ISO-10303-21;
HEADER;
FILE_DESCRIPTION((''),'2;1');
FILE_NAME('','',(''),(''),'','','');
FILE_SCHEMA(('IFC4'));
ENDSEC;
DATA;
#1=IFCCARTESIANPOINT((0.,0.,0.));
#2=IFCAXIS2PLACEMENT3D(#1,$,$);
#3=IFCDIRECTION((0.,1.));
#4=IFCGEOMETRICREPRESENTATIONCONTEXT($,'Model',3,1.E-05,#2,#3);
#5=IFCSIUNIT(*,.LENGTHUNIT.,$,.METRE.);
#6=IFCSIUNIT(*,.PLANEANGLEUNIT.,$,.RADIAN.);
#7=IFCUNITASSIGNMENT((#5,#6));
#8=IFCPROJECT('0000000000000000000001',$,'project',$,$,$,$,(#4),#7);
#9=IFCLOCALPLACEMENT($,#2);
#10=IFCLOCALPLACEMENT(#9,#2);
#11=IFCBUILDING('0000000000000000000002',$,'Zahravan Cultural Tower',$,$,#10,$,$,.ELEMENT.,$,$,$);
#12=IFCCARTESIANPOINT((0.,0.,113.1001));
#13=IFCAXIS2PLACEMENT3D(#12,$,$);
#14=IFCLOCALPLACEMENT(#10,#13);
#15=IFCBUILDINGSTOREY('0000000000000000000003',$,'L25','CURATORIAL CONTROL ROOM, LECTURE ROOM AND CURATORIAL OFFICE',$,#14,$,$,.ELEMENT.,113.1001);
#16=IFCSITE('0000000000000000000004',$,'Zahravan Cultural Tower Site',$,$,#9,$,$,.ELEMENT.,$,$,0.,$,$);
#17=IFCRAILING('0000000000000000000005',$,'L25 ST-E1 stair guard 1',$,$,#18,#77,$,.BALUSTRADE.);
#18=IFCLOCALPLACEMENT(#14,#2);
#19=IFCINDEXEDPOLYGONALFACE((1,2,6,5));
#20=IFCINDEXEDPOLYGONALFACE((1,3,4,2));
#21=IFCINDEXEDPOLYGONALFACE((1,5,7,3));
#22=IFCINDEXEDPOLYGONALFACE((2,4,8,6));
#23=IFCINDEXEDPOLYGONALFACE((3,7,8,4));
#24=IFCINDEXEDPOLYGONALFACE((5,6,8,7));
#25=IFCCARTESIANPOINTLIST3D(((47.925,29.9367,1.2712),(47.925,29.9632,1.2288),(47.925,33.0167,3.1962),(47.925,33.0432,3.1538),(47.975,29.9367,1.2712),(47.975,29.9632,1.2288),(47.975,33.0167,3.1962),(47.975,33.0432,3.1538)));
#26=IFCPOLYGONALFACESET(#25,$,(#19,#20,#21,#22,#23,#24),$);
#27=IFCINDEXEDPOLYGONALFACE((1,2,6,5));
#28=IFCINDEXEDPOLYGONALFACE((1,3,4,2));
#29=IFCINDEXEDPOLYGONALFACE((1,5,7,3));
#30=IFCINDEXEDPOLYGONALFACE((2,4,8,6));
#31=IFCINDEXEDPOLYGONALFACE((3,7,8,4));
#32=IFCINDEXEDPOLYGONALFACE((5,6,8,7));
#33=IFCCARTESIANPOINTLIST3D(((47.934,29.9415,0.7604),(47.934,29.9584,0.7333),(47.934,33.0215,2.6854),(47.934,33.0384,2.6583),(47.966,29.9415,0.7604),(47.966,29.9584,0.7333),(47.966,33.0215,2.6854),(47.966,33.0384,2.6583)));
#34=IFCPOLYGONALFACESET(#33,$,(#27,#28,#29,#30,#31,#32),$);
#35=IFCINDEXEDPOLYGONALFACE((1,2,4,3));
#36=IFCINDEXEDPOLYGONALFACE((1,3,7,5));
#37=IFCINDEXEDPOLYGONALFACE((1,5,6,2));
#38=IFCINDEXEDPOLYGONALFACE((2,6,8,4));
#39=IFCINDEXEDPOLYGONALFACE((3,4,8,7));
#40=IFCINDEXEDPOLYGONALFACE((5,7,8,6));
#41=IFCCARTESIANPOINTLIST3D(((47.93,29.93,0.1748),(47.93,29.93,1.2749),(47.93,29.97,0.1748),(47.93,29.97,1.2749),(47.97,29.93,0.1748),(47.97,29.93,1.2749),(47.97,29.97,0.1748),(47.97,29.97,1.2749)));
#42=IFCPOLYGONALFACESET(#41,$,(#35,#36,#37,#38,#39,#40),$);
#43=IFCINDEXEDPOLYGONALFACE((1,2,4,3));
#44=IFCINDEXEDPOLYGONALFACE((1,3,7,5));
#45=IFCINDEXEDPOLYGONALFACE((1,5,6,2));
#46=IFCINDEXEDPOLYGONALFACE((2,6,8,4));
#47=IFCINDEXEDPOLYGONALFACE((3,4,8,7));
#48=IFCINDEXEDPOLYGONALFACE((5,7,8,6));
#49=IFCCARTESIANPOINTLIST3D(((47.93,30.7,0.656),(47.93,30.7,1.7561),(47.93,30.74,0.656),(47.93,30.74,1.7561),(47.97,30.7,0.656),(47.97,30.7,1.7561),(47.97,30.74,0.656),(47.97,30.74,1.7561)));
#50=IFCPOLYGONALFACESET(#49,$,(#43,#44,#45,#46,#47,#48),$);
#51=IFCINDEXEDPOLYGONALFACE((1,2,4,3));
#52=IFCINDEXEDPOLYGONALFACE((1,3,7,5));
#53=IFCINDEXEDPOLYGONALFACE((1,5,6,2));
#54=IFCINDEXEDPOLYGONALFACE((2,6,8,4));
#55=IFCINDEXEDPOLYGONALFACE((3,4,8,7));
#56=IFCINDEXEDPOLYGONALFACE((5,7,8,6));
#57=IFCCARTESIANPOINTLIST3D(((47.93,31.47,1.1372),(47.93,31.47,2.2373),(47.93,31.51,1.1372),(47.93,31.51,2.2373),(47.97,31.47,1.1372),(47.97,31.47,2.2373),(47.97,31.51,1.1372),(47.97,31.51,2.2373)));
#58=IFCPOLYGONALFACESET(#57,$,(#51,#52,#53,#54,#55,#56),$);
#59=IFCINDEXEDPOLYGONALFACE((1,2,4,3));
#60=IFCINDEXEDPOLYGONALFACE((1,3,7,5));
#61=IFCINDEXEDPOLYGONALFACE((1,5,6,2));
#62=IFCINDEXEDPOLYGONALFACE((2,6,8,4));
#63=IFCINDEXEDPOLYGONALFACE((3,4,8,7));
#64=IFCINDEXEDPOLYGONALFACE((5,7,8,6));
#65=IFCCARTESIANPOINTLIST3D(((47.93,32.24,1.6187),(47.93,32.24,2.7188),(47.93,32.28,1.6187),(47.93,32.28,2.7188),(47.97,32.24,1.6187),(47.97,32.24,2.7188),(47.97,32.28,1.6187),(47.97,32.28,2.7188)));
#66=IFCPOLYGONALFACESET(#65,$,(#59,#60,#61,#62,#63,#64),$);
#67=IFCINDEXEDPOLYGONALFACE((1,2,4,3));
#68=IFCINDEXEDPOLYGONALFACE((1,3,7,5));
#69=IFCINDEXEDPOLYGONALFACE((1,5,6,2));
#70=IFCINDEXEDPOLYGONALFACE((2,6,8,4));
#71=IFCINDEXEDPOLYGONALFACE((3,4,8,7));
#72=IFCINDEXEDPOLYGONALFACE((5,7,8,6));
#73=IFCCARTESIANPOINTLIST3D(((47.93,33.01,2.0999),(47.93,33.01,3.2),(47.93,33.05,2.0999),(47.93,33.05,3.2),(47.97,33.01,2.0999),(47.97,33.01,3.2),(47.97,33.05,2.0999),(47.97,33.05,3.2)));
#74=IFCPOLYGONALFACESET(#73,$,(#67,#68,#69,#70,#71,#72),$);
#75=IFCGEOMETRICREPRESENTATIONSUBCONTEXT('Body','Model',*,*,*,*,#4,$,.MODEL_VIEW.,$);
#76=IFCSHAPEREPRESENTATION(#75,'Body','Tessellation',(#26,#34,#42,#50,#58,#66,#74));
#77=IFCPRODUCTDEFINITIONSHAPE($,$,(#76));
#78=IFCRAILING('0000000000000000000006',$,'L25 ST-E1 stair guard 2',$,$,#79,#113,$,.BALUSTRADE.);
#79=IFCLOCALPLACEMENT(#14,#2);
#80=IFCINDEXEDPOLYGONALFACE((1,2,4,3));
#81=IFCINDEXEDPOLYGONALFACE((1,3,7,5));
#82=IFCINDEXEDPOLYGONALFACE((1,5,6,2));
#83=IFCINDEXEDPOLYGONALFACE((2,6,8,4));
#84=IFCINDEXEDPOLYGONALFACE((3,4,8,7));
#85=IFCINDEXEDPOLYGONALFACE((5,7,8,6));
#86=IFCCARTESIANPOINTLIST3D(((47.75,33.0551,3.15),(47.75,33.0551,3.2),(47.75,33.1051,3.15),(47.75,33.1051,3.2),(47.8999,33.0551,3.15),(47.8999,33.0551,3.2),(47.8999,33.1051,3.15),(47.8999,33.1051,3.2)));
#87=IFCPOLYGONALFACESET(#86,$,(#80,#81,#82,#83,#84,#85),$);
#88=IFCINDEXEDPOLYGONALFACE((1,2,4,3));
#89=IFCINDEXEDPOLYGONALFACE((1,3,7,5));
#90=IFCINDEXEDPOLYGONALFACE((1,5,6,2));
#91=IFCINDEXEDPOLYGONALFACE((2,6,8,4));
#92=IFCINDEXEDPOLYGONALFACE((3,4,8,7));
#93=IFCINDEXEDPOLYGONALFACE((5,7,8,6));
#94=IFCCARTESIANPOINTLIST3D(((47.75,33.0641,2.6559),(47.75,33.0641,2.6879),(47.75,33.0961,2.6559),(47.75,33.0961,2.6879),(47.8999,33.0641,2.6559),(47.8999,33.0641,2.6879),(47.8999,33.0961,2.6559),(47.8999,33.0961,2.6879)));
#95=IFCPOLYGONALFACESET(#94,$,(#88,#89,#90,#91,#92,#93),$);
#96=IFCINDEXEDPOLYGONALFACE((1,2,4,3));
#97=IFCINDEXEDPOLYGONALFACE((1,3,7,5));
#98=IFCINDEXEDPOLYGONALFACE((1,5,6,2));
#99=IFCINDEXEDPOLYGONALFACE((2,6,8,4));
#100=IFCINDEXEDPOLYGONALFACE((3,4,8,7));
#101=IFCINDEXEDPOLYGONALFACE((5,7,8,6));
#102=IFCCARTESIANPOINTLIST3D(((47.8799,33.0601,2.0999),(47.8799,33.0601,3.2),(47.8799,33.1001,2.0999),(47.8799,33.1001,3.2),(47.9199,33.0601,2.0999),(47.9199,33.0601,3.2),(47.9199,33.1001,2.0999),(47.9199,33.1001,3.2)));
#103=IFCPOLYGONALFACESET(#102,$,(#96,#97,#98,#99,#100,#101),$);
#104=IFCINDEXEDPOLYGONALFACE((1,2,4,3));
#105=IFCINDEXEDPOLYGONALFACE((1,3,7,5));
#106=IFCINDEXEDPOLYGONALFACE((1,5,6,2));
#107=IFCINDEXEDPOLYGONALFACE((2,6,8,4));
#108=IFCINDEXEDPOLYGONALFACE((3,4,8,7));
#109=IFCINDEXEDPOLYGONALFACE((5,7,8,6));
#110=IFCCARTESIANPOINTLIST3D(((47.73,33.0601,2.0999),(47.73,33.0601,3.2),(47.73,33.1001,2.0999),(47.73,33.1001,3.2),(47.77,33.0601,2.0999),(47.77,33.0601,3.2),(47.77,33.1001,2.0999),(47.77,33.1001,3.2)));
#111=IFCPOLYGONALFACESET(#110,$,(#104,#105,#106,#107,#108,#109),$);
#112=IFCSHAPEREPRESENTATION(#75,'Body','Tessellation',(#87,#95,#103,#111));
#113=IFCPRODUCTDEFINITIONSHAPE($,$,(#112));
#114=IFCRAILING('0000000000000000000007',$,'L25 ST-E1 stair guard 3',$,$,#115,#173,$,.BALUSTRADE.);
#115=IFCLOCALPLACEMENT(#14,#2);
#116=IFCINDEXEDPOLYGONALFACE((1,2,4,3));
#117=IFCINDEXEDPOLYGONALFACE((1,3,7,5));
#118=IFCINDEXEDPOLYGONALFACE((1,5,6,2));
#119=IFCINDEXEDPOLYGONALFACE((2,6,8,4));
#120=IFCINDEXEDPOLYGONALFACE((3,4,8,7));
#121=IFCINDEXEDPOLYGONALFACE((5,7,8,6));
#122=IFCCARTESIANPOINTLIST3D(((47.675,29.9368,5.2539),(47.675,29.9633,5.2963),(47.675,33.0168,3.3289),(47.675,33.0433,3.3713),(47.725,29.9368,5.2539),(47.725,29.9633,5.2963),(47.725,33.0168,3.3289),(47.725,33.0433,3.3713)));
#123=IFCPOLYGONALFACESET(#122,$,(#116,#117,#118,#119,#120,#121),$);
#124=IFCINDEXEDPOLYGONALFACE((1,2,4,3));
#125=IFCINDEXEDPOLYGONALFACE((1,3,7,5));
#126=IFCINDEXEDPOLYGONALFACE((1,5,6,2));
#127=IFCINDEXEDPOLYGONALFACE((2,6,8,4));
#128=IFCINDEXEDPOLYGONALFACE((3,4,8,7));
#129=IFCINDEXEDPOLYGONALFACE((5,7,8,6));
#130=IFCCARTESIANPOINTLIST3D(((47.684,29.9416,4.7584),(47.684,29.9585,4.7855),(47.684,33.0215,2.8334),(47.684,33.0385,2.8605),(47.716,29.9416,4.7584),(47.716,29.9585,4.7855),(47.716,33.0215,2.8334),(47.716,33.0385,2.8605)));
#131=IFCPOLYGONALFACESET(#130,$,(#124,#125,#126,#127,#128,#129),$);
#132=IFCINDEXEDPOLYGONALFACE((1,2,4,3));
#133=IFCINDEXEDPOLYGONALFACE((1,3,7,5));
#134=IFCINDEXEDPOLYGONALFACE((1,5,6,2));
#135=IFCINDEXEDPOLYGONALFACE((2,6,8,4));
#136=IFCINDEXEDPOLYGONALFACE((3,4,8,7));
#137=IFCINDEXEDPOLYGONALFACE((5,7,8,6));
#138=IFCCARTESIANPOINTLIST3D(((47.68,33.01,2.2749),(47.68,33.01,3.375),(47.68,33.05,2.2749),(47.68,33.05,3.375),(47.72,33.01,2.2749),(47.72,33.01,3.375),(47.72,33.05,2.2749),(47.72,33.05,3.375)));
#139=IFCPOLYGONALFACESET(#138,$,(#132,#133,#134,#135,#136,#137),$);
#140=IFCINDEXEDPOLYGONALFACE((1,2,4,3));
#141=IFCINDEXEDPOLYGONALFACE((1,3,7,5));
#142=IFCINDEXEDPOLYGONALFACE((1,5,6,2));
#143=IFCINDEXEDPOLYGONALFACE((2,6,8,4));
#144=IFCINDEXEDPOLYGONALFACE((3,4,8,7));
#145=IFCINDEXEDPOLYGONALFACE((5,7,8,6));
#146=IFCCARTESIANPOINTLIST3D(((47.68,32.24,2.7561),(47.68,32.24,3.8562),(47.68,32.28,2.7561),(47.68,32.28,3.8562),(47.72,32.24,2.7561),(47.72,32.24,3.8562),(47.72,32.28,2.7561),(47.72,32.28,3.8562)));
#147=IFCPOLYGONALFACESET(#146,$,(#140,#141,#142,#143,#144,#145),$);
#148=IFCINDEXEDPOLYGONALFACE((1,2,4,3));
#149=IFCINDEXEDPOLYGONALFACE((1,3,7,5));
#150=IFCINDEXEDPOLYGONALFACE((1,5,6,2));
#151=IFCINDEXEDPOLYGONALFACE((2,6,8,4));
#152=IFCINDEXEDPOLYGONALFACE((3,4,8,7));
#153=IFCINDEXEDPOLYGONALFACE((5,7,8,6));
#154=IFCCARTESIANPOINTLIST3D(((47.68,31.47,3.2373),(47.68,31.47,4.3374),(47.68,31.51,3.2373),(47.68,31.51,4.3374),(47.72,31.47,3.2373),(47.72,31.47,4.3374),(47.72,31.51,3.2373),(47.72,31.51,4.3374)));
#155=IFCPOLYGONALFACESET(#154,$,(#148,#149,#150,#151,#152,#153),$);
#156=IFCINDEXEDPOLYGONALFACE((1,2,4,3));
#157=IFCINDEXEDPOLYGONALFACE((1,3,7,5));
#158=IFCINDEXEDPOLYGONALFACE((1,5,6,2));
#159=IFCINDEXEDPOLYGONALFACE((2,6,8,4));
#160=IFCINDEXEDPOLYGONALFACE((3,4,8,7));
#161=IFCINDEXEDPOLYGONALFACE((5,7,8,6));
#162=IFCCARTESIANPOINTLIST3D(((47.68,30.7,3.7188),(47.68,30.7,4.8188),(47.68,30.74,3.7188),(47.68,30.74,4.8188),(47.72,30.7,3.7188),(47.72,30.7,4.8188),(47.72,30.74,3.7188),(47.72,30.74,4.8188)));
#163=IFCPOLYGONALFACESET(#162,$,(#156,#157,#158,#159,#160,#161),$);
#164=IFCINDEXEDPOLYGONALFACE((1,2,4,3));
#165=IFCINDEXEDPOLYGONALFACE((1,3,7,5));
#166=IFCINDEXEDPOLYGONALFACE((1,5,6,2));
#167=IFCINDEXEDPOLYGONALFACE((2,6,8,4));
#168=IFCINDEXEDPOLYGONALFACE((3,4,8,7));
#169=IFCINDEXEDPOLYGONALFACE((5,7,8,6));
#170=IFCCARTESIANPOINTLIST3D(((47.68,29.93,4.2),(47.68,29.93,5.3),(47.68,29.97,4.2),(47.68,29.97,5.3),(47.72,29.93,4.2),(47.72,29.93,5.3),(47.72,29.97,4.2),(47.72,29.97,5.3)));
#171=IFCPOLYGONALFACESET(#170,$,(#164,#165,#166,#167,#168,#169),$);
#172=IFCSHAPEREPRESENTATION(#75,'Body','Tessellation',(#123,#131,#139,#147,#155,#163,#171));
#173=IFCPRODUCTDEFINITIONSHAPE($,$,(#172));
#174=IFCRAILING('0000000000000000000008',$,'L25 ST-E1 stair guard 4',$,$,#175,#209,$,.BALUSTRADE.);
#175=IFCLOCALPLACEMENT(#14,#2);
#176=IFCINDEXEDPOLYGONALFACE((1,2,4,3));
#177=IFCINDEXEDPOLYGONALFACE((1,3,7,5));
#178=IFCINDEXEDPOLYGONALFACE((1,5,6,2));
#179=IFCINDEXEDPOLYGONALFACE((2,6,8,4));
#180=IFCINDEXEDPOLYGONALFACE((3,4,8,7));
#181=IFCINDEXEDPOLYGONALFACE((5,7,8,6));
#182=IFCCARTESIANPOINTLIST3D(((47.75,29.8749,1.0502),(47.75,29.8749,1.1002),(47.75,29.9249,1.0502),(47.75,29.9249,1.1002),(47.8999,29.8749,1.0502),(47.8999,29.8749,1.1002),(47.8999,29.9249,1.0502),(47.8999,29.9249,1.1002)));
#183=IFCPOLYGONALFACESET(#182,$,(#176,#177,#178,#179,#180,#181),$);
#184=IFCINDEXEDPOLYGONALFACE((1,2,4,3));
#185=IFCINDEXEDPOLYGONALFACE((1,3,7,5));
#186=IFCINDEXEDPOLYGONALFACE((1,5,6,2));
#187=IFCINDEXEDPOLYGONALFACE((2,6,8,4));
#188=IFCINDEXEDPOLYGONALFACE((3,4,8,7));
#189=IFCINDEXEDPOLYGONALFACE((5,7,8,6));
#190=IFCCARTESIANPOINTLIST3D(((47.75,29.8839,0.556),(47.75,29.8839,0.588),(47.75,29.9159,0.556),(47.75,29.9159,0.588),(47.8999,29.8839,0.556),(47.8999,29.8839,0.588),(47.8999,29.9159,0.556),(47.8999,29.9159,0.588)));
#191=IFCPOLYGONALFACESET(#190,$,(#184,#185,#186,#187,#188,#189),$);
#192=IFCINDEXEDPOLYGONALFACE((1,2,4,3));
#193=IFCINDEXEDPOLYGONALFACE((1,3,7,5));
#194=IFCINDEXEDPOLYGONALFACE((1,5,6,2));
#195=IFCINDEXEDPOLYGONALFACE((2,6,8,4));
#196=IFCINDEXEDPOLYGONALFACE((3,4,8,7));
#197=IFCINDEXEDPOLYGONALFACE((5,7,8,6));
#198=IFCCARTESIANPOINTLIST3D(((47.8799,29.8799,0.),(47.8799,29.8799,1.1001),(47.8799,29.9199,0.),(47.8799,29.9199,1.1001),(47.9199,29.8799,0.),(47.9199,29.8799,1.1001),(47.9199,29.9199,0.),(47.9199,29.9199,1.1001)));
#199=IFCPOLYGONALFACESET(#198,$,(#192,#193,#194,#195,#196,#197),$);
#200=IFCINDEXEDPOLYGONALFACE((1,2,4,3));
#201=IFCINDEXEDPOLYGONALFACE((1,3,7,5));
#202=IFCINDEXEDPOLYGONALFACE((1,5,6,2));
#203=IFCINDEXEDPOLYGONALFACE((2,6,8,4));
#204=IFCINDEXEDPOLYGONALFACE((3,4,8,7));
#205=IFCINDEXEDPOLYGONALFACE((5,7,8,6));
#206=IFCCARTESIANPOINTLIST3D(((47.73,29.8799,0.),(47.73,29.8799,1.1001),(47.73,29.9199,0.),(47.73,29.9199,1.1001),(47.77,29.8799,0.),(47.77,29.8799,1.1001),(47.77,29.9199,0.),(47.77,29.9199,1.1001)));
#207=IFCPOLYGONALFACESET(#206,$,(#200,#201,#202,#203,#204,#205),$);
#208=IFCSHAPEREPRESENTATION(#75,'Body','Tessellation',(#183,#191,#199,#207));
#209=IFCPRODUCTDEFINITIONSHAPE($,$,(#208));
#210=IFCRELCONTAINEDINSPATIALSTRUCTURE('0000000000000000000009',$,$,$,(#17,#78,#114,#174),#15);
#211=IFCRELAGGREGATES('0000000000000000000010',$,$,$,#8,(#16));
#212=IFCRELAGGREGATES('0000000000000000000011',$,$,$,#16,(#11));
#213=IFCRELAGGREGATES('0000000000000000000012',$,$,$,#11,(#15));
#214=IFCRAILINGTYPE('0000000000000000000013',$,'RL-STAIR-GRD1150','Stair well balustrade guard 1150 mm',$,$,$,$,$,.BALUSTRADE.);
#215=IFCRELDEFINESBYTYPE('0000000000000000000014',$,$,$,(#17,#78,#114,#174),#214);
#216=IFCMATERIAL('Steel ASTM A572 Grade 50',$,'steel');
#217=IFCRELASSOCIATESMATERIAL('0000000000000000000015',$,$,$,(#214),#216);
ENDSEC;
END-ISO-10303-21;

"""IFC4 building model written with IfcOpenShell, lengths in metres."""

from ifc_helpers import new_model, si_unit, direction, frame, origin, origin_2d, place, context, subcontext, project, spatial, rectangle, extrude, material, type_object, element, save


model = new_model("IFC4")

# Units and contexts
model_context = context("Model", 3, precision=1e-05, world=origin(), true_north=direction((0.0, 1.0)))
body_context = subcontext(model_context, "Body", "Model", "MODEL_VIEW")
ifc_project = project(units=[si_unit("LENGTHUNIT", "METRE"), si_unit("PLANEANGLEUNIT", "RADIAN")], contexts=[model_context])

# Site, building, storey
site_placement = place(None, origin())
site = spatial("IfcSite", under=ifc_project, at=site_placement, Name="Zahravan Cultural Tower Site", CompositionType="ELEMENT", RefElevation=0.0)
building_placement = place(site_placement, origin())
building = spatial("IfcBuilding", under=site, at=building_placement, Name="Zahravan Cultural Tower", CompositionType="ELEMENT")
storey_placement = place(building_placement, frame((0.0, 0.0, 113.1001)))
storey = spatial("IfcBuildingStorey", under=building, at=storey_placement, Name="L25", Description="CURATORIAL CONTROL ROOM, LECTURE ROOM AND CURATORIAL OFFICE", CompositionType="ELEMENT", Elevation=113.1001)

# Shared definitions
ifc_material_1 = material(Name="Steel ASTM A572 Grade 50", Category="steel")

# Railings
railing_type_1 = type_object("IfcRailingType", Name="RL-STAIR-GRD1150", Description="Stair well balustrade guard 1150 mm", PredefinedType="BALUSTRADE", material=ifc_material_1)
railing_1_placement = place(storey_placement, frame((47.95, 29.95, 0.1748)))
element("IfcRailing", 1, at=railing_1_placement, inside=storey, type_object=railing_type_1, Name="L25 ST-E1 stair guard 1", PredefinedType="BALUSTRADE", context=body_context, shape_type="SweptSolid", body=[
    extrude(rectangle(XDim=0.05, YDim=0.05, at=origin_2d()), frame((0.0, 0.0, 1.0752), z_axis=(0.0, 0.847998, 0.529999), x_axis=(-1.0, 0.0, 0.0)), (0.0, 0.0, 1.0), 3.6321),
    extrude(rectangle(XDim=0.032, YDim=0.032, at=origin_2d()), frame((0.0, 0.0, 0.572), z_axis=(0.0, 0.847998, 0.529999), x_axis=(-1.0, 0.0, 0.0)), (0.0, 0.0, 1.0), 3.6321),
    extrude(rectangle(XDim=0.04, YDim=0.04, at=origin_2d()), origin(), (0.0, 0.0, 1.0), 1.1001),
    extrude(rectangle(XDim=0.04, YDim=0.04, at=origin_2d()), frame((0.0, 0.77, 0.4812)), (0.0, 0.0, 1.0), 1.1001),
    extrude(rectangle(XDim=0.04, YDim=0.04, at=origin_2d()), frame((0.0, 1.54, 0.9624)), (0.0, 0.0, 1.0), 1.1001),
    extrude(rectangle(XDim=0.04, YDim=0.04, at=origin_2d()), frame((0.0, 2.3101, 1.4438)), (0.0, 0.0, 1.0), 1.1001),
    extrude(rectangle(XDim=0.04, YDim=0.04, at=origin_2d()), frame((0.0, 3.0801, 1.925)), (0.0, 0.0, 1.0), 1.1001),
])
railing_2_placement = place(storey_placement, frame((47.8999, 33.0801, 2.0999)))
element("IfcRailing", 2, at=railing_2_placement, inside=storey, type_object=railing_type_1, Name="L25 ST-E1 stair guard 2", PredefinedType="BALUSTRADE", context=body_context, shape_type="SweptSolid", body=[
    extrude(rectangle(XDim=0.05, YDim=0.05, at=origin_2d()), frame((0.0, 0.0, 1.0752), z_axis=(-1.0, 0.0, 0.0), x_axis=(0.0, -1.0, 0.0)), (0.0, 0.0, 1.0), 0.1499),
    extrude(rectangle(XDim=0.032, YDim=0.032, at=origin_2d()), frame((0.0, 0.0, 0.572), z_axis=(-1.0, 0.0, 0.0), x_axis=(0.0, -1.0, 0.0)), (0.0, 0.0, 1.0), 0.1499),
    extrude(rectangle(XDim=0.04, YDim=0.04, at=origin_2d()), origin(), (0.0, 0.0, 1.0), 1.1001),
    extrude(rectangle(XDim=0.04, YDim=0.04, at=origin_2d()), frame((-0.1499, 0.0, 0.0)), (0.0, 0.0, 1.0), 1.1001),
])
railing_3_placement = place(storey_placement, frame((47.7, 33.03, 2.2749)))
element("IfcRailing", 3, at=railing_3_placement, inside=storey, type_object=railing_type_1, Name="L25 ST-E1 stair guard 3", PredefinedType="BALUSTRADE", context=body_context, shape_type="SweptSolid", body=[
    extrude(rectangle(XDim=0.05, YDim=0.05, at=origin_2d()), frame((0.0, 0.0, 1.0752), z_axis=(0.0, -0.847998, 0.529999), x_axis=(1.0, 0.0, 0.0)), (0.0, 0.0, 1.0), 3.6321),
    extrude(rectangle(XDim=0.032, YDim=0.032, at=origin_2d()), frame((0.0, 0.0, 0.572), z_axis=(0.0, -0.847998, 0.529999), x_axis=(1.0, 0.0, 0.0)), (0.0, 0.0, 1.0), 3.6321),
    extrude(rectangle(XDim=0.04, YDim=0.04, at=origin_2d()), origin(), (0.0, 0.0, 1.0), 1.1001),
    extrude(rectangle(XDim=0.04, YDim=0.04, at=origin_2d()), frame((0.0, -0.77, 0.4812)), (0.0, 0.0, 1.0), 1.1001),
    extrude(rectangle(XDim=0.04, YDim=0.04, at=origin_2d()), frame((0.0, -1.54, 0.9624)), (0.0, 0.0, 1.0), 1.1001),
    extrude(rectangle(XDim=0.04, YDim=0.04, at=origin_2d()), frame((0.0, -2.3101, 1.4438)), (0.0, 0.0, 1.0), 1.1001),
    extrude(rectangle(XDim=0.04, YDim=0.04, at=origin_2d()), frame((0.0, -3.0801, 1.925)), (0.0, 0.0, 1.0), 1.1001),
])
railing_4_placement = place(storey_placement, frame((47.8999, 29.8999, 0.0)))
element("IfcRailing", 4, at=railing_4_placement, inside=storey, type_object=railing_type_1, Name="L25 ST-E1 stair guard 4", PredefinedType="BALUSTRADE", context=body_context, shape_type="SweptSolid", body=[
    extrude(rectangle(XDim=0.05, YDim=0.05, at=origin_2d()), frame((0.0, 0.0, 1.0752), z_axis=(-1.0, 0.0, 0.0), x_axis=(0.0, -1.0, 0.0)), (0.0, 0.0, 1.0), 0.1499),
    extrude(rectangle(XDim=0.032, YDim=0.032, at=origin_2d()), frame((0.0, 0.0, 0.572), z_axis=(-1.0, 0.0, 0.0), x_axis=(0.0, -1.0, 0.0)), (0.0, 0.0, 1.0), 0.1499),
    extrude(rectangle(XDim=0.04, YDim=0.04, at=origin_2d()), origin(), (0.0, 0.0, 1.0), 1.1001),
    extrude(rectangle(XDim=0.04, YDim=0.04, at=origin_2d()), frame((-0.1499, 0.0, 0.0)), (0.0, 0.0, 1.0), 1.1001),
])

save(model, "model.ifc")
